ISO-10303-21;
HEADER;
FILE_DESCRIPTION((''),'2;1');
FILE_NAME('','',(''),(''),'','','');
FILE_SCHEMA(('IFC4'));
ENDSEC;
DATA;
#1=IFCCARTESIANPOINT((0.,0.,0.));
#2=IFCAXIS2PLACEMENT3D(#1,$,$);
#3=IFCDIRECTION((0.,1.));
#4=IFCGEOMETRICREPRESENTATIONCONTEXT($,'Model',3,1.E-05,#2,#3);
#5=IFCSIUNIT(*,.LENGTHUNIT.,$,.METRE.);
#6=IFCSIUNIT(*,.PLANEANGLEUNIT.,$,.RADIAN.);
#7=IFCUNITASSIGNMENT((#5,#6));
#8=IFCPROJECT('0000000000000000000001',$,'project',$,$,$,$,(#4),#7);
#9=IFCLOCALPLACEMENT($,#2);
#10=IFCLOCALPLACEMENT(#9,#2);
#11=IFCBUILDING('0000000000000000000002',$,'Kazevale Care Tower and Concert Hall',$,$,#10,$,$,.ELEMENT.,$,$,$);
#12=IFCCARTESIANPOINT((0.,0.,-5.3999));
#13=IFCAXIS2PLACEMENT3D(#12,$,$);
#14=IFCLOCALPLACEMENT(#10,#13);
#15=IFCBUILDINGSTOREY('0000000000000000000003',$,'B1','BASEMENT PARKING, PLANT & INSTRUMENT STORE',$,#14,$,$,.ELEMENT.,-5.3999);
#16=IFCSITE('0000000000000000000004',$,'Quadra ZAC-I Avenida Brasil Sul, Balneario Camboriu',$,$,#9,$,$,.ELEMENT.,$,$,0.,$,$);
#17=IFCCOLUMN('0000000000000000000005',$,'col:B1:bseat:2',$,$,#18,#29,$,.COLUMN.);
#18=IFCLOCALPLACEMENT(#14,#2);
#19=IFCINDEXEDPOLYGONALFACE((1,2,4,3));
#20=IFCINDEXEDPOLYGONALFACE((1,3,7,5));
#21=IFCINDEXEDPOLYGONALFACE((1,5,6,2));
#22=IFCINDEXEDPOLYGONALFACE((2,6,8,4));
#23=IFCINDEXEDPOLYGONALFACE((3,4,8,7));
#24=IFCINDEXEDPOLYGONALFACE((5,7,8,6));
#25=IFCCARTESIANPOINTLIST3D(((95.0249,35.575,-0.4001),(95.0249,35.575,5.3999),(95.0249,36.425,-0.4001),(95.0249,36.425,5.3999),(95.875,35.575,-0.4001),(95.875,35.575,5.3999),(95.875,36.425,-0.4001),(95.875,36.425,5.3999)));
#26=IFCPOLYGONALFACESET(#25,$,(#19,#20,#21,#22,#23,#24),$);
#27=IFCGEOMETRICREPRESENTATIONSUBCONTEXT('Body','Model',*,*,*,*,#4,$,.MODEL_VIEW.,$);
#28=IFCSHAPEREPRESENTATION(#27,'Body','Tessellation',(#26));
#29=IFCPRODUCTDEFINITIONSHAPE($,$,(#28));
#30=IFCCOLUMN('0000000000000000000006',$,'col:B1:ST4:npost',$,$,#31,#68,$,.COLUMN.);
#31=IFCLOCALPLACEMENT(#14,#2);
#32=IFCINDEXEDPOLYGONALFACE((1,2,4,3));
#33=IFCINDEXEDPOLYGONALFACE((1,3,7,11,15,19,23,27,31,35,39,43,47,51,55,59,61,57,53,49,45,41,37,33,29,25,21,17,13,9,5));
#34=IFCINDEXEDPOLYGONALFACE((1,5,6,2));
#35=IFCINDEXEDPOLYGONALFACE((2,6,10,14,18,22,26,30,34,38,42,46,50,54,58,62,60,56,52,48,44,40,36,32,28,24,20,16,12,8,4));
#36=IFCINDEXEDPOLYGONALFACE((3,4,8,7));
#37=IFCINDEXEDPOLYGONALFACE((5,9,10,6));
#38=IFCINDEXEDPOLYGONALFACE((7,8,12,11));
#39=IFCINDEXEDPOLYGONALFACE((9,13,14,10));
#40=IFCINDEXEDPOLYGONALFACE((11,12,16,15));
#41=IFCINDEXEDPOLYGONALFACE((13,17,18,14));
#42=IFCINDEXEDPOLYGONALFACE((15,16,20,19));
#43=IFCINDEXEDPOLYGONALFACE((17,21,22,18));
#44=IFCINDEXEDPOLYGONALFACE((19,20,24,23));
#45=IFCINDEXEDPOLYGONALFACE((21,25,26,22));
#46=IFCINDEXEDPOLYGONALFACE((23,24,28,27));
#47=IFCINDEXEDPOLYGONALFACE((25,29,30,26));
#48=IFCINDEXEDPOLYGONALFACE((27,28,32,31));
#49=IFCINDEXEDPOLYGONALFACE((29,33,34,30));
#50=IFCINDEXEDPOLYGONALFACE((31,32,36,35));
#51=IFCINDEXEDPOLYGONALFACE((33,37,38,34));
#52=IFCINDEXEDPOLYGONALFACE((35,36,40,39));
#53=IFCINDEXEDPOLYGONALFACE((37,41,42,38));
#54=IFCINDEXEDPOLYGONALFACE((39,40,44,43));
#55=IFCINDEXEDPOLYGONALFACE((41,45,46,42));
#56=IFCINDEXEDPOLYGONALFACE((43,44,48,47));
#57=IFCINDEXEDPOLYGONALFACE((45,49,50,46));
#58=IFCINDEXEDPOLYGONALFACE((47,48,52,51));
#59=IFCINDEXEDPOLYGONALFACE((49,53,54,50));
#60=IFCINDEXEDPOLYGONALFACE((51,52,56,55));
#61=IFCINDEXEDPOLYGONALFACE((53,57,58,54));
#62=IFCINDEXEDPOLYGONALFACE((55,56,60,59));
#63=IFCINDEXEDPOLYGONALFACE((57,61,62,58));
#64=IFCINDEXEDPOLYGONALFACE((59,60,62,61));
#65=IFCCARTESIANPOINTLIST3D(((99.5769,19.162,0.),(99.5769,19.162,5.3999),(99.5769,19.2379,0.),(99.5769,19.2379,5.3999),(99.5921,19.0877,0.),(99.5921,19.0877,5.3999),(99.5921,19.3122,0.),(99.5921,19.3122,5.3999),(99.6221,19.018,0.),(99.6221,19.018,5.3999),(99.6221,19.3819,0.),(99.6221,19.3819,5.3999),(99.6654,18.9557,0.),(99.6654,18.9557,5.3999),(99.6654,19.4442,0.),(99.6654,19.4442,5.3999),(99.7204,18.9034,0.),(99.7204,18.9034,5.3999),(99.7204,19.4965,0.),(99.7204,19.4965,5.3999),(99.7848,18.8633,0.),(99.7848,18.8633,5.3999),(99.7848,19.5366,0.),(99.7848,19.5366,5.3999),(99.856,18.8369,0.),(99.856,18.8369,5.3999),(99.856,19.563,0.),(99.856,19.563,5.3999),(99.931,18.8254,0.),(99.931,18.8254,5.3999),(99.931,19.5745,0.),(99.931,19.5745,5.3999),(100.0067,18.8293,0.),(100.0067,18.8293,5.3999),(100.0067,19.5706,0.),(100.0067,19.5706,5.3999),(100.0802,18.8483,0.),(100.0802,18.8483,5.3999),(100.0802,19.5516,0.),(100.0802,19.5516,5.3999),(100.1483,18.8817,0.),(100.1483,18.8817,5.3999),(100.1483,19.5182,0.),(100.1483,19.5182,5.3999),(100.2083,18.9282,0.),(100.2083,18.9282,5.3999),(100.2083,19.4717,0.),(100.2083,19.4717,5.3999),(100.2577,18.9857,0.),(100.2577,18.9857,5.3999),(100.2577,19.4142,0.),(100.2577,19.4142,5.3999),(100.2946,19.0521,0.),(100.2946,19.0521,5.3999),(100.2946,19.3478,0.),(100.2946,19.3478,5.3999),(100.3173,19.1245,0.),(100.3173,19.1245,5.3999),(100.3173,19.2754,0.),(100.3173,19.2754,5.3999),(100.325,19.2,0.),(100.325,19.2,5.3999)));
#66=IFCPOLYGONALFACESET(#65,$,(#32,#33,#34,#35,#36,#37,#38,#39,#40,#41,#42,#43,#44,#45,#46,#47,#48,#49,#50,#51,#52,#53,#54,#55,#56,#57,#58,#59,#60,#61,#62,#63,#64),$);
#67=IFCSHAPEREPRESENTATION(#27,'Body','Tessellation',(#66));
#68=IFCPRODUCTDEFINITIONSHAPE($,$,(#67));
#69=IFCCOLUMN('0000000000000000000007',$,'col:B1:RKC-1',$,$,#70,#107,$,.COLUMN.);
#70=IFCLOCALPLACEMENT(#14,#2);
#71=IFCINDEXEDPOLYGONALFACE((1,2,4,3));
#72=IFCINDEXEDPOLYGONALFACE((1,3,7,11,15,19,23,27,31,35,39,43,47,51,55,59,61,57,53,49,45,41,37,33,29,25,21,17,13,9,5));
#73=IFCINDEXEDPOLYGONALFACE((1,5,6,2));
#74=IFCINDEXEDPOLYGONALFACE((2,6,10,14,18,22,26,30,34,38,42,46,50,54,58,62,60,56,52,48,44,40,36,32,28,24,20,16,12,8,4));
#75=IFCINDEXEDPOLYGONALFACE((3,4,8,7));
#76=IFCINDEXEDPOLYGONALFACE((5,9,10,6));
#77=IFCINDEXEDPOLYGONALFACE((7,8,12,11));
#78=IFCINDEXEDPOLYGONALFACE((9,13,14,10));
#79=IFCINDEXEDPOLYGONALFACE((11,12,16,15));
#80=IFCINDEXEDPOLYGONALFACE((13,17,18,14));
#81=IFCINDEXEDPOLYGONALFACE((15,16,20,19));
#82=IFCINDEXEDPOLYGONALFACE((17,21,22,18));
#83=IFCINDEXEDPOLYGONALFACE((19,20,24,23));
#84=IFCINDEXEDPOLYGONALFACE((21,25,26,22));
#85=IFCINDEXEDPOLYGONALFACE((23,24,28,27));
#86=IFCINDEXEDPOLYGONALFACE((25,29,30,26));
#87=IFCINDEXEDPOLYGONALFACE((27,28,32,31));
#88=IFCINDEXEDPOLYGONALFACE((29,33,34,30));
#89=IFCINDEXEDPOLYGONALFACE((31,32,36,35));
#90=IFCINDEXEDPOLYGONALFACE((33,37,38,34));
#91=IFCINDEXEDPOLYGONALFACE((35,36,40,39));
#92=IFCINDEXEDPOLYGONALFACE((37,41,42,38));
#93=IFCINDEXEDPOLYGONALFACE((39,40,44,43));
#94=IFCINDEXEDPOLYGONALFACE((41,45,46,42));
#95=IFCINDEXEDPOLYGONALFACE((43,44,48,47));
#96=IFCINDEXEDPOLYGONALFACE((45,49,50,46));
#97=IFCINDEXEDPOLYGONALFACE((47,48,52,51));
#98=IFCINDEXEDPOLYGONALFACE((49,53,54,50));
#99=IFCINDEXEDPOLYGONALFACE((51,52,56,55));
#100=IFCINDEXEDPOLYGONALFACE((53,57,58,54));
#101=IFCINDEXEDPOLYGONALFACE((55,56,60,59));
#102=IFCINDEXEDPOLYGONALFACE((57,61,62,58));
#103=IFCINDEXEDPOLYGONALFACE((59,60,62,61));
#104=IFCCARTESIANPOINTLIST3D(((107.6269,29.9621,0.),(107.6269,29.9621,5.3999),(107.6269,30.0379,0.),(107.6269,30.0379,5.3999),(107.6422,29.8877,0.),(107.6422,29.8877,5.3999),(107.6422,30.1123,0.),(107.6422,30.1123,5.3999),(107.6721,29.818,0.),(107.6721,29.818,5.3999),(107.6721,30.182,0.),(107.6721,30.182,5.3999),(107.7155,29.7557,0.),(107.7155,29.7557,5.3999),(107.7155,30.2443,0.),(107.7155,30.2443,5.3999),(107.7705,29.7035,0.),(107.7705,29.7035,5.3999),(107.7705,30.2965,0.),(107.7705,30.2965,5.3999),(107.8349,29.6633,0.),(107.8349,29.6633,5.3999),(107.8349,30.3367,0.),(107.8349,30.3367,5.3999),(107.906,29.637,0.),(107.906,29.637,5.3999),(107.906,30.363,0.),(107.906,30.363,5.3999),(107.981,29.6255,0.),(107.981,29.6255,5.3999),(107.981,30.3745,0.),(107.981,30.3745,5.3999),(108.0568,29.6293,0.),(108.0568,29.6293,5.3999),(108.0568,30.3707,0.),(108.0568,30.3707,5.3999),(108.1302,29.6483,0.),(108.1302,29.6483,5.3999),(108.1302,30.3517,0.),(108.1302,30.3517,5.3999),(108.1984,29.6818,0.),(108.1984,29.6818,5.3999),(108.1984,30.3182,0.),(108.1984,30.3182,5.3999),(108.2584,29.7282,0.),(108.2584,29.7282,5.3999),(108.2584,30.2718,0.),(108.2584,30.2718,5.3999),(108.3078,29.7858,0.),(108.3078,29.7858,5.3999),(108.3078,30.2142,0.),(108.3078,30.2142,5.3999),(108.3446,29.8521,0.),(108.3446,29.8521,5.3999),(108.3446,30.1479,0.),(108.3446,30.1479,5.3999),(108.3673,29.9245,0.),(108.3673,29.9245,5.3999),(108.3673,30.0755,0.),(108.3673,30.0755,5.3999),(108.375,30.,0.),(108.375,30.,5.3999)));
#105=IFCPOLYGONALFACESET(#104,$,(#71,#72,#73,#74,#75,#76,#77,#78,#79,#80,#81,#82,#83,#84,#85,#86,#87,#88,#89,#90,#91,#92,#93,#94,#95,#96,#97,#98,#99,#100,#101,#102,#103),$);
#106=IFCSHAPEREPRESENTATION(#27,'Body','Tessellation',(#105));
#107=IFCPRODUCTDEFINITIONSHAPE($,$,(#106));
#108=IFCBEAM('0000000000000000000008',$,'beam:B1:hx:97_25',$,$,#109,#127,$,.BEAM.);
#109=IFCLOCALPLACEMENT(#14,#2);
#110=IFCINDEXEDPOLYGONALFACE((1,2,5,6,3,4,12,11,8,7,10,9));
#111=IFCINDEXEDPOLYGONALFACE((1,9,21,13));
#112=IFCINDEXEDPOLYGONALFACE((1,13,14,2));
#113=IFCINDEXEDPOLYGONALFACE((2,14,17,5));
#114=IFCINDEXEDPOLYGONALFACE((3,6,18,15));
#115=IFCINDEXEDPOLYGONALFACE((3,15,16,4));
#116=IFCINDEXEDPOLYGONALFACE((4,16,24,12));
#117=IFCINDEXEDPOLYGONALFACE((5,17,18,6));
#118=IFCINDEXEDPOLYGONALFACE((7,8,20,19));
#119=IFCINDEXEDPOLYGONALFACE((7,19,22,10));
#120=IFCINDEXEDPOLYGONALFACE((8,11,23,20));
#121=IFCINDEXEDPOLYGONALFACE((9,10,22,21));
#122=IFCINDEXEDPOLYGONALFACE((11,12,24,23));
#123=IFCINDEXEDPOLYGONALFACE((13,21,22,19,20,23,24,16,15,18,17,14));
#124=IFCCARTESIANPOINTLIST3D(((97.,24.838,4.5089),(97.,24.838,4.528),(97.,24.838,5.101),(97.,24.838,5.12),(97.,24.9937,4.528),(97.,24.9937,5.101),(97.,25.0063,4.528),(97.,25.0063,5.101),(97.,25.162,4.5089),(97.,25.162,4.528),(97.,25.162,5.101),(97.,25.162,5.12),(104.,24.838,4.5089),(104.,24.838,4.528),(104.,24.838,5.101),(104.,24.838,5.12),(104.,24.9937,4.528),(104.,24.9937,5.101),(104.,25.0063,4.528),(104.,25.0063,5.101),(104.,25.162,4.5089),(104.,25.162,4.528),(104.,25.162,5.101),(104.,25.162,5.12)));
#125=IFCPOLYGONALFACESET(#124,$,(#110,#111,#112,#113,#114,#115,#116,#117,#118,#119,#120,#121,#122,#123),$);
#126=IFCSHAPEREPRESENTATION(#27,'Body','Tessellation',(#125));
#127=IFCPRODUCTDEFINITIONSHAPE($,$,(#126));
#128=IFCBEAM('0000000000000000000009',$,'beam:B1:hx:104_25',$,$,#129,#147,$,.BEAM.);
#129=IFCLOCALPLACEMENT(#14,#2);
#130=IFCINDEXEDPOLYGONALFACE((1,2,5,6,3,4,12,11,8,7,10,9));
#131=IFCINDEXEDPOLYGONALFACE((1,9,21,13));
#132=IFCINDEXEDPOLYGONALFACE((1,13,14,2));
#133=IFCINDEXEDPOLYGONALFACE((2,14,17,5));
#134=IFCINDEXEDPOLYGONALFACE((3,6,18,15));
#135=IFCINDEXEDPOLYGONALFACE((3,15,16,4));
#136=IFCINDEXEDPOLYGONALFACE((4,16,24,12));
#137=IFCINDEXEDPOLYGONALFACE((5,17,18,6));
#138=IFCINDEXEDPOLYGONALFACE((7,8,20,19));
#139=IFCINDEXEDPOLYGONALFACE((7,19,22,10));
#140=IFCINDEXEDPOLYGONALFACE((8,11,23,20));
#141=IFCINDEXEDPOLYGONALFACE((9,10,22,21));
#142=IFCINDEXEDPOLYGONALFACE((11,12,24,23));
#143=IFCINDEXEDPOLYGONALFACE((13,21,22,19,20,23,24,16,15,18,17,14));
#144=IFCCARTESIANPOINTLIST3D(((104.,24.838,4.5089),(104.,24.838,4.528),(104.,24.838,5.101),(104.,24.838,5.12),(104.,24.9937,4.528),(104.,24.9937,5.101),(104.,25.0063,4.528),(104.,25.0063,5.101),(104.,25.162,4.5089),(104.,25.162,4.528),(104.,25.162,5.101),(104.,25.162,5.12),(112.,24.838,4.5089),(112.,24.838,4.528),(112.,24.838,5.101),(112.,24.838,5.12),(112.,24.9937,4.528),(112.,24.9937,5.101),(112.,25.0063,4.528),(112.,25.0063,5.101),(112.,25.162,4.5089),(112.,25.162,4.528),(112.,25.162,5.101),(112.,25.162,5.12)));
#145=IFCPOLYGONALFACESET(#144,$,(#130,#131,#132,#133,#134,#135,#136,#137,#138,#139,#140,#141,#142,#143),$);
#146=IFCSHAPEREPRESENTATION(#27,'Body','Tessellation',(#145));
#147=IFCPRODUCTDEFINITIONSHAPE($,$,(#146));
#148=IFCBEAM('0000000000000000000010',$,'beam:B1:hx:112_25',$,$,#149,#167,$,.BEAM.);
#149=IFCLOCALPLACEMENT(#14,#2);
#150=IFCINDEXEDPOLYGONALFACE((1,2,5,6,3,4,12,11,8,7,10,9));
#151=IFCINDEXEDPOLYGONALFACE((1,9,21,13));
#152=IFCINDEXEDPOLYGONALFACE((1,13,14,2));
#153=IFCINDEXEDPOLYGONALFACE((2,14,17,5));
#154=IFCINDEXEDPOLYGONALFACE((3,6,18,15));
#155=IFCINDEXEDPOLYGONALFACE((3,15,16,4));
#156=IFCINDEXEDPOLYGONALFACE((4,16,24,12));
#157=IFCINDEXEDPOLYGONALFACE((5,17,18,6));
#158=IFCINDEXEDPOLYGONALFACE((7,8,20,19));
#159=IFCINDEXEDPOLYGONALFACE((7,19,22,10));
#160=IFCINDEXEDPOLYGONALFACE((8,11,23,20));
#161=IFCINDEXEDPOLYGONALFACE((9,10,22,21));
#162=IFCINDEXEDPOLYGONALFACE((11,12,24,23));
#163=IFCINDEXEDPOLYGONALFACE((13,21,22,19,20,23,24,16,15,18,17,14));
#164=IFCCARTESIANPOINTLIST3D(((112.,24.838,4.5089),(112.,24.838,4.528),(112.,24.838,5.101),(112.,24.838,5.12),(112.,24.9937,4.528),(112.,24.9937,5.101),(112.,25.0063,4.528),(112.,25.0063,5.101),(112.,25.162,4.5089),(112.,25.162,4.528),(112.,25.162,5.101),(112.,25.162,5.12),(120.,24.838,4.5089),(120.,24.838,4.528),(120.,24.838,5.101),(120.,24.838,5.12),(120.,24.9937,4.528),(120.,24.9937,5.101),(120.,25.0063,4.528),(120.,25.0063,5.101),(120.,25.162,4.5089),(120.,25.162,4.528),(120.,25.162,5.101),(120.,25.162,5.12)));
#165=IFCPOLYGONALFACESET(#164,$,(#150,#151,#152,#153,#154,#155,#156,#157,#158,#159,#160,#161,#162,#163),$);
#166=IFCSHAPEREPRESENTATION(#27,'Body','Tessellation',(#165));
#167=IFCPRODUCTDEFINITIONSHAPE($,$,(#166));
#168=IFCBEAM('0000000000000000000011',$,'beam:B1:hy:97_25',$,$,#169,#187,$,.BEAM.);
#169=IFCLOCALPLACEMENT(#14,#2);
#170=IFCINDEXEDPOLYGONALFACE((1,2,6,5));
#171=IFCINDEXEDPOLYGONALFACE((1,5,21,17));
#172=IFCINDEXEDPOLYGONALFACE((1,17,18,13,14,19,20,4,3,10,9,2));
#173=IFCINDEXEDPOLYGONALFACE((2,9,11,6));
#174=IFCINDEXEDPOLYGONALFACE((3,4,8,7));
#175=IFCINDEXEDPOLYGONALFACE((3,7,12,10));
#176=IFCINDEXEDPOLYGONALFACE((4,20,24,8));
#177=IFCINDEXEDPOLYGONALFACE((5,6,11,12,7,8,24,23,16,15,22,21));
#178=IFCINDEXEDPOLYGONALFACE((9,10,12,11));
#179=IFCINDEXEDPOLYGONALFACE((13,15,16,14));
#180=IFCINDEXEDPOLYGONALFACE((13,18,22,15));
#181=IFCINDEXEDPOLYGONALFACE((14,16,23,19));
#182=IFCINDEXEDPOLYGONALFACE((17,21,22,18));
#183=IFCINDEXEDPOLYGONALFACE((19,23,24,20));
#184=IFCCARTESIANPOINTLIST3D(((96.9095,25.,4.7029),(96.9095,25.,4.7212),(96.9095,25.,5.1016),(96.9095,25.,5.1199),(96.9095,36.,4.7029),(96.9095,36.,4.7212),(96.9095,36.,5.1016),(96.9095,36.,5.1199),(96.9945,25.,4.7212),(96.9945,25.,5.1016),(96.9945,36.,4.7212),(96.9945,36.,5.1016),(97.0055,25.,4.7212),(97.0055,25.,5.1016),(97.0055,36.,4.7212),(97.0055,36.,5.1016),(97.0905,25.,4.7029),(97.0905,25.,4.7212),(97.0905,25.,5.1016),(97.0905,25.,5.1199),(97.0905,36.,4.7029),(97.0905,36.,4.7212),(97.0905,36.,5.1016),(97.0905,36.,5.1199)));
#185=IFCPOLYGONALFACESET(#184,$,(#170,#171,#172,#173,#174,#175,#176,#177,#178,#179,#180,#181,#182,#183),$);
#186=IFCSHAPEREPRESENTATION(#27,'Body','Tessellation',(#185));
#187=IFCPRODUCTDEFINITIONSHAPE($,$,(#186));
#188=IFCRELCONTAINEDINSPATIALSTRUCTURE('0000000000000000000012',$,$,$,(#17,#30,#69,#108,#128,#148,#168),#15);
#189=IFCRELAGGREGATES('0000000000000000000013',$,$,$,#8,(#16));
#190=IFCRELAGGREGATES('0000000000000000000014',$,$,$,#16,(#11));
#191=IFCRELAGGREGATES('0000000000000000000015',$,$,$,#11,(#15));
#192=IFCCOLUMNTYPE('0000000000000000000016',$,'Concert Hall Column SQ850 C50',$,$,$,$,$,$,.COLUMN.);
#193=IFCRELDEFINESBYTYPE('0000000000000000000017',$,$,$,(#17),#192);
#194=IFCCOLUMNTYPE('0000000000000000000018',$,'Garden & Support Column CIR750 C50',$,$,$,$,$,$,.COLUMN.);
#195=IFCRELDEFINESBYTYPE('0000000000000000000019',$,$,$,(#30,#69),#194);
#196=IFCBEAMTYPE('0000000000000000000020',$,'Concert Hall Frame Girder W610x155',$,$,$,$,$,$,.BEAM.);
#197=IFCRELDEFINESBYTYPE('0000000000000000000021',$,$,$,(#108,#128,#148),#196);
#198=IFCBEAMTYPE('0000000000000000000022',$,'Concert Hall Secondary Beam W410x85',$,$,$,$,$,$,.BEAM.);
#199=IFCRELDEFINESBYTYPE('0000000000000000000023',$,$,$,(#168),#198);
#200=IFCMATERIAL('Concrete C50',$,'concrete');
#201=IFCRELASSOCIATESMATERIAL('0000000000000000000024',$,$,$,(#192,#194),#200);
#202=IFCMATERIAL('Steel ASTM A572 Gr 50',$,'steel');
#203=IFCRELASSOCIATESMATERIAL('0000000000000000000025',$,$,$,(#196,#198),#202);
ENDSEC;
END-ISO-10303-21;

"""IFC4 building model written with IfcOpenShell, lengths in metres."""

from ifc_helpers import new_model, si_unit, direction, frame, origin, origin_2d, place, context, subcontext, project, spatial, rectangle, circle, i_section, extrude, material, material_profile, profile_set, type_object, element, save


model = new_model("IFC4")

# Units and contexts
model_context = context("Model", 3, precision=1e-05, world=origin(), true_north=direction((0.0, 1.0)))
body_context = subcontext(model_context, "Body", "Model", "MODEL_VIEW")
ifc_project = project(units=[si_unit("LENGTHUNIT", "METRE"), si_unit("PLANEANGLEUNIT", "RADIAN")], contexts=[model_context])

# Site, building, storey
site_placement = place(None, origin())
site = spatial("IfcSite", under=ifc_project, at=site_placement, Name="Quadra ZAC-I Avenida Brasil Sul, Balneario Camboriu", CompositionType="ELEMENT", RefElevation=0.0)
building_placement = place(site_placement, origin())
building = spatial("IfcBuilding", under=site, at=building_placement, Name="Kazevale Care Tower and Concert Hall", CompositionType="ELEMENT")
storey_placement = place(building_placement, frame((0.0, 0.0, -5.3999)))
storey = spatial("IfcBuildingStorey", under=building, at=storey_placement, Name="B1", Description="BASEMENT PARKING, PLANT & INSTRUMENT STORE", CompositionType="ELEMENT", Elevation=-5.3999)

# Shared definitions
ifc_material_1 = material(Name="Concrete C50", Category="concrete")

# Columns
ifc_material_profile_1 = material_profile(ifc_material_1, rectangle(XDim=0.8501, YDim=0.8501, at=origin_2d()), Name="RC-SQ850")
ifc_profile_set_1 = profile_set([ifc_material_profile_1], Name="Concrete C50")
column_type_1 = type_object("IfcColumnType", Name="Concert Hall Column SQ850 C50", PredefinedType="COLUMN", material=ifc_profile_set_1)
for number, where, z_axis, x_axis, name in (
    (1, (95.45, 36.0, -0.4001), (0.0, 0.0, 1.0), (1.0, 0.0, 0.0), "col:B1:bseat:2"),
):
    element("IfcColumn", number, at=place(storey_placement, frame(where, z_axis=z_axis, x_axis=x_axis)), inside=storey, type_object=column_type_1, Name=name, PredefinedType="COLUMN", context=body_context, shape_type="SweptSolid", body=[
        extrude(rectangle(XDim=0.8501, YDim=0.8501, at=origin_2d()), origin(), (0.0, 0.0, 1.0), 5.8),
    ])
ifc_material_profile_2 = material_profile(ifc_material_1, circle(Radius=0.375, at=origin_2d()), Name="RC-CIR750")
ifc_profile_set_2 = profile_set([ifc_material_profile_2], Name="Concrete C50")
column_type_2 = type_object("IfcColumnType", Name="Garden & Support Column CIR750 C50", PredefinedType="COLUMN", material=ifc_profile_set_2)
for number, where, z_axis, x_axis, name in (
    (2, (99.95, 19.2, 0.0), (0.0, 0.0, 1.0), (1.0, 0.0, 0.0), "col:B1:ST4:npost"),
    (3, (108.0, 30.0, 0.0), (0.0, 0.0, 1.0), (1.0, 0.0, 0.0), "col:B1:RKC-1"),
):
    element("IfcColumn", number, at=place(storey_placement, frame(where, z_axis=z_axis, x_axis=x_axis)), inside=storey, type_object=column_type_2, Name=name, PredefinedType="COLUMN", context=body_context, shape_type="SweptSolid", body=[
        extrude(circle(Radius=0.375, at=origin_2d()), origin(), (0.0, 0.0, 1.0), 5.3999),
    ])

# Beams
ifc_material_2 = material(Name="Steel ASTM A572 Gr 50", Category="steel")
ifc_material_profile_3 = material_profile(ifc_material_2, i_section(OverallWidth=0.324, OverallDepth=0.6111, WebThickness=0.0127, FlangeThickness=0.019, at=origin_2d()), Name="W610x155")
ifc_profile_set_3 = profile_set([ifc_material_profile_3], Name="Steel ASTM A572 Gr 50")
beam_type_1 = type_object("IfcBeamType", Name="Concert Hall Frame Girder W610x155", PredefinedType="BEAM", material=ifc_profile_set_3)
beam_1_placement = place(storey_placement, frame((97.0, 25.0, 4.8145), z_axis=(1.0, 0.0, 0.0), x_axis=(0.0, 1.0, 0.0)))
element("IfcBeam", 4, at=beam_1_placement, inside=storey, type_object=beam_type_1, Name="beam:B1:hx:97_25", PredefinedType="BEAM", context=body_context, shape_type="SweptSolid", body=[
    extrude(i_section(OverallWidth=0.324, OverallDepth=0.6111, WebThickness=0.0127, FlangeThickness=0.019, at=origin_2d()), origin(), (0.0, 0.0, 1.0), 7.0),
])
for number, where, z_axis, x_axis, name in (
    (5, (104.0, 25.0, 4.8145), (1.0, 0.0, 0.0), (0.0, 1.0, 0.0), "beam:B1:hx:104_25"),
    (6, (112.0, 25.0, 4.8145), (1.0, 0.0, 0.0), (0.0, 1.0, 0.0), "beam:B1:hx:112_25"),
):
    element("IfcBeam", number, at=place(storey_placement, frame(where, z_axis=z_axis, x_axis=x_axis)), inside=storey, type_object=beam_type_1, Name=name, PredefinedType="BEAM", context=body_context, shape_type="SweptSolid", body=[
        extrude(i_section(OverallWidth=0.324, OverallDepth=0.6111, WebThickness=0.0127, FlangeThickness=0.019, at=origin_2d()), origin(), (0.0, 0.0, 1.0), 8.0),
    ])
ifc_material_profile_4 = material_profile(ifc_material_2, i_section(OverallWidth=0.1809, OverallDepth=0.417, WebThickness=0.011, FlangeThickness=0.0183, at=origin_2d()), Name="W410x85")
ifc_profile_set_4 = profile_set([ifc_material_profile_4], Name="Steel ASTM A572 Gr 50")
beam_type_2 = type_object("IfcBeamType", Name="Concert Hall Secondary Beam W410x85", PredefinedType="BEAM", material=ifc_profile_set_4)
for number, where, z_axis, x_axis, name in (
    (7, (97.0, 25.0, 4.9114), (0.0, 1.0, 0.0), (-1.0, 0.0, 0.0), "beam:B1:hy:97_25"),
):
    element("IfcBeam", number, at=place(storey_placement, frame(where, z_axis=z_axis, x_axis=x_axis)), inside=storey, type_object=beam_type_2, Name=name, PredefinedType="BEAM", context=body_context, shape_type="SweptSolid", body=[
        extrude(i_section(OverallWidth=0.1809, OverallDepth=0.417, WebThickness=0.011, FlangeThickness=0.0183, at=origin_2d()), origin(), (0.0, 0.0, 1.0), 11.0),
    ])

save(model, "model.ifc")
